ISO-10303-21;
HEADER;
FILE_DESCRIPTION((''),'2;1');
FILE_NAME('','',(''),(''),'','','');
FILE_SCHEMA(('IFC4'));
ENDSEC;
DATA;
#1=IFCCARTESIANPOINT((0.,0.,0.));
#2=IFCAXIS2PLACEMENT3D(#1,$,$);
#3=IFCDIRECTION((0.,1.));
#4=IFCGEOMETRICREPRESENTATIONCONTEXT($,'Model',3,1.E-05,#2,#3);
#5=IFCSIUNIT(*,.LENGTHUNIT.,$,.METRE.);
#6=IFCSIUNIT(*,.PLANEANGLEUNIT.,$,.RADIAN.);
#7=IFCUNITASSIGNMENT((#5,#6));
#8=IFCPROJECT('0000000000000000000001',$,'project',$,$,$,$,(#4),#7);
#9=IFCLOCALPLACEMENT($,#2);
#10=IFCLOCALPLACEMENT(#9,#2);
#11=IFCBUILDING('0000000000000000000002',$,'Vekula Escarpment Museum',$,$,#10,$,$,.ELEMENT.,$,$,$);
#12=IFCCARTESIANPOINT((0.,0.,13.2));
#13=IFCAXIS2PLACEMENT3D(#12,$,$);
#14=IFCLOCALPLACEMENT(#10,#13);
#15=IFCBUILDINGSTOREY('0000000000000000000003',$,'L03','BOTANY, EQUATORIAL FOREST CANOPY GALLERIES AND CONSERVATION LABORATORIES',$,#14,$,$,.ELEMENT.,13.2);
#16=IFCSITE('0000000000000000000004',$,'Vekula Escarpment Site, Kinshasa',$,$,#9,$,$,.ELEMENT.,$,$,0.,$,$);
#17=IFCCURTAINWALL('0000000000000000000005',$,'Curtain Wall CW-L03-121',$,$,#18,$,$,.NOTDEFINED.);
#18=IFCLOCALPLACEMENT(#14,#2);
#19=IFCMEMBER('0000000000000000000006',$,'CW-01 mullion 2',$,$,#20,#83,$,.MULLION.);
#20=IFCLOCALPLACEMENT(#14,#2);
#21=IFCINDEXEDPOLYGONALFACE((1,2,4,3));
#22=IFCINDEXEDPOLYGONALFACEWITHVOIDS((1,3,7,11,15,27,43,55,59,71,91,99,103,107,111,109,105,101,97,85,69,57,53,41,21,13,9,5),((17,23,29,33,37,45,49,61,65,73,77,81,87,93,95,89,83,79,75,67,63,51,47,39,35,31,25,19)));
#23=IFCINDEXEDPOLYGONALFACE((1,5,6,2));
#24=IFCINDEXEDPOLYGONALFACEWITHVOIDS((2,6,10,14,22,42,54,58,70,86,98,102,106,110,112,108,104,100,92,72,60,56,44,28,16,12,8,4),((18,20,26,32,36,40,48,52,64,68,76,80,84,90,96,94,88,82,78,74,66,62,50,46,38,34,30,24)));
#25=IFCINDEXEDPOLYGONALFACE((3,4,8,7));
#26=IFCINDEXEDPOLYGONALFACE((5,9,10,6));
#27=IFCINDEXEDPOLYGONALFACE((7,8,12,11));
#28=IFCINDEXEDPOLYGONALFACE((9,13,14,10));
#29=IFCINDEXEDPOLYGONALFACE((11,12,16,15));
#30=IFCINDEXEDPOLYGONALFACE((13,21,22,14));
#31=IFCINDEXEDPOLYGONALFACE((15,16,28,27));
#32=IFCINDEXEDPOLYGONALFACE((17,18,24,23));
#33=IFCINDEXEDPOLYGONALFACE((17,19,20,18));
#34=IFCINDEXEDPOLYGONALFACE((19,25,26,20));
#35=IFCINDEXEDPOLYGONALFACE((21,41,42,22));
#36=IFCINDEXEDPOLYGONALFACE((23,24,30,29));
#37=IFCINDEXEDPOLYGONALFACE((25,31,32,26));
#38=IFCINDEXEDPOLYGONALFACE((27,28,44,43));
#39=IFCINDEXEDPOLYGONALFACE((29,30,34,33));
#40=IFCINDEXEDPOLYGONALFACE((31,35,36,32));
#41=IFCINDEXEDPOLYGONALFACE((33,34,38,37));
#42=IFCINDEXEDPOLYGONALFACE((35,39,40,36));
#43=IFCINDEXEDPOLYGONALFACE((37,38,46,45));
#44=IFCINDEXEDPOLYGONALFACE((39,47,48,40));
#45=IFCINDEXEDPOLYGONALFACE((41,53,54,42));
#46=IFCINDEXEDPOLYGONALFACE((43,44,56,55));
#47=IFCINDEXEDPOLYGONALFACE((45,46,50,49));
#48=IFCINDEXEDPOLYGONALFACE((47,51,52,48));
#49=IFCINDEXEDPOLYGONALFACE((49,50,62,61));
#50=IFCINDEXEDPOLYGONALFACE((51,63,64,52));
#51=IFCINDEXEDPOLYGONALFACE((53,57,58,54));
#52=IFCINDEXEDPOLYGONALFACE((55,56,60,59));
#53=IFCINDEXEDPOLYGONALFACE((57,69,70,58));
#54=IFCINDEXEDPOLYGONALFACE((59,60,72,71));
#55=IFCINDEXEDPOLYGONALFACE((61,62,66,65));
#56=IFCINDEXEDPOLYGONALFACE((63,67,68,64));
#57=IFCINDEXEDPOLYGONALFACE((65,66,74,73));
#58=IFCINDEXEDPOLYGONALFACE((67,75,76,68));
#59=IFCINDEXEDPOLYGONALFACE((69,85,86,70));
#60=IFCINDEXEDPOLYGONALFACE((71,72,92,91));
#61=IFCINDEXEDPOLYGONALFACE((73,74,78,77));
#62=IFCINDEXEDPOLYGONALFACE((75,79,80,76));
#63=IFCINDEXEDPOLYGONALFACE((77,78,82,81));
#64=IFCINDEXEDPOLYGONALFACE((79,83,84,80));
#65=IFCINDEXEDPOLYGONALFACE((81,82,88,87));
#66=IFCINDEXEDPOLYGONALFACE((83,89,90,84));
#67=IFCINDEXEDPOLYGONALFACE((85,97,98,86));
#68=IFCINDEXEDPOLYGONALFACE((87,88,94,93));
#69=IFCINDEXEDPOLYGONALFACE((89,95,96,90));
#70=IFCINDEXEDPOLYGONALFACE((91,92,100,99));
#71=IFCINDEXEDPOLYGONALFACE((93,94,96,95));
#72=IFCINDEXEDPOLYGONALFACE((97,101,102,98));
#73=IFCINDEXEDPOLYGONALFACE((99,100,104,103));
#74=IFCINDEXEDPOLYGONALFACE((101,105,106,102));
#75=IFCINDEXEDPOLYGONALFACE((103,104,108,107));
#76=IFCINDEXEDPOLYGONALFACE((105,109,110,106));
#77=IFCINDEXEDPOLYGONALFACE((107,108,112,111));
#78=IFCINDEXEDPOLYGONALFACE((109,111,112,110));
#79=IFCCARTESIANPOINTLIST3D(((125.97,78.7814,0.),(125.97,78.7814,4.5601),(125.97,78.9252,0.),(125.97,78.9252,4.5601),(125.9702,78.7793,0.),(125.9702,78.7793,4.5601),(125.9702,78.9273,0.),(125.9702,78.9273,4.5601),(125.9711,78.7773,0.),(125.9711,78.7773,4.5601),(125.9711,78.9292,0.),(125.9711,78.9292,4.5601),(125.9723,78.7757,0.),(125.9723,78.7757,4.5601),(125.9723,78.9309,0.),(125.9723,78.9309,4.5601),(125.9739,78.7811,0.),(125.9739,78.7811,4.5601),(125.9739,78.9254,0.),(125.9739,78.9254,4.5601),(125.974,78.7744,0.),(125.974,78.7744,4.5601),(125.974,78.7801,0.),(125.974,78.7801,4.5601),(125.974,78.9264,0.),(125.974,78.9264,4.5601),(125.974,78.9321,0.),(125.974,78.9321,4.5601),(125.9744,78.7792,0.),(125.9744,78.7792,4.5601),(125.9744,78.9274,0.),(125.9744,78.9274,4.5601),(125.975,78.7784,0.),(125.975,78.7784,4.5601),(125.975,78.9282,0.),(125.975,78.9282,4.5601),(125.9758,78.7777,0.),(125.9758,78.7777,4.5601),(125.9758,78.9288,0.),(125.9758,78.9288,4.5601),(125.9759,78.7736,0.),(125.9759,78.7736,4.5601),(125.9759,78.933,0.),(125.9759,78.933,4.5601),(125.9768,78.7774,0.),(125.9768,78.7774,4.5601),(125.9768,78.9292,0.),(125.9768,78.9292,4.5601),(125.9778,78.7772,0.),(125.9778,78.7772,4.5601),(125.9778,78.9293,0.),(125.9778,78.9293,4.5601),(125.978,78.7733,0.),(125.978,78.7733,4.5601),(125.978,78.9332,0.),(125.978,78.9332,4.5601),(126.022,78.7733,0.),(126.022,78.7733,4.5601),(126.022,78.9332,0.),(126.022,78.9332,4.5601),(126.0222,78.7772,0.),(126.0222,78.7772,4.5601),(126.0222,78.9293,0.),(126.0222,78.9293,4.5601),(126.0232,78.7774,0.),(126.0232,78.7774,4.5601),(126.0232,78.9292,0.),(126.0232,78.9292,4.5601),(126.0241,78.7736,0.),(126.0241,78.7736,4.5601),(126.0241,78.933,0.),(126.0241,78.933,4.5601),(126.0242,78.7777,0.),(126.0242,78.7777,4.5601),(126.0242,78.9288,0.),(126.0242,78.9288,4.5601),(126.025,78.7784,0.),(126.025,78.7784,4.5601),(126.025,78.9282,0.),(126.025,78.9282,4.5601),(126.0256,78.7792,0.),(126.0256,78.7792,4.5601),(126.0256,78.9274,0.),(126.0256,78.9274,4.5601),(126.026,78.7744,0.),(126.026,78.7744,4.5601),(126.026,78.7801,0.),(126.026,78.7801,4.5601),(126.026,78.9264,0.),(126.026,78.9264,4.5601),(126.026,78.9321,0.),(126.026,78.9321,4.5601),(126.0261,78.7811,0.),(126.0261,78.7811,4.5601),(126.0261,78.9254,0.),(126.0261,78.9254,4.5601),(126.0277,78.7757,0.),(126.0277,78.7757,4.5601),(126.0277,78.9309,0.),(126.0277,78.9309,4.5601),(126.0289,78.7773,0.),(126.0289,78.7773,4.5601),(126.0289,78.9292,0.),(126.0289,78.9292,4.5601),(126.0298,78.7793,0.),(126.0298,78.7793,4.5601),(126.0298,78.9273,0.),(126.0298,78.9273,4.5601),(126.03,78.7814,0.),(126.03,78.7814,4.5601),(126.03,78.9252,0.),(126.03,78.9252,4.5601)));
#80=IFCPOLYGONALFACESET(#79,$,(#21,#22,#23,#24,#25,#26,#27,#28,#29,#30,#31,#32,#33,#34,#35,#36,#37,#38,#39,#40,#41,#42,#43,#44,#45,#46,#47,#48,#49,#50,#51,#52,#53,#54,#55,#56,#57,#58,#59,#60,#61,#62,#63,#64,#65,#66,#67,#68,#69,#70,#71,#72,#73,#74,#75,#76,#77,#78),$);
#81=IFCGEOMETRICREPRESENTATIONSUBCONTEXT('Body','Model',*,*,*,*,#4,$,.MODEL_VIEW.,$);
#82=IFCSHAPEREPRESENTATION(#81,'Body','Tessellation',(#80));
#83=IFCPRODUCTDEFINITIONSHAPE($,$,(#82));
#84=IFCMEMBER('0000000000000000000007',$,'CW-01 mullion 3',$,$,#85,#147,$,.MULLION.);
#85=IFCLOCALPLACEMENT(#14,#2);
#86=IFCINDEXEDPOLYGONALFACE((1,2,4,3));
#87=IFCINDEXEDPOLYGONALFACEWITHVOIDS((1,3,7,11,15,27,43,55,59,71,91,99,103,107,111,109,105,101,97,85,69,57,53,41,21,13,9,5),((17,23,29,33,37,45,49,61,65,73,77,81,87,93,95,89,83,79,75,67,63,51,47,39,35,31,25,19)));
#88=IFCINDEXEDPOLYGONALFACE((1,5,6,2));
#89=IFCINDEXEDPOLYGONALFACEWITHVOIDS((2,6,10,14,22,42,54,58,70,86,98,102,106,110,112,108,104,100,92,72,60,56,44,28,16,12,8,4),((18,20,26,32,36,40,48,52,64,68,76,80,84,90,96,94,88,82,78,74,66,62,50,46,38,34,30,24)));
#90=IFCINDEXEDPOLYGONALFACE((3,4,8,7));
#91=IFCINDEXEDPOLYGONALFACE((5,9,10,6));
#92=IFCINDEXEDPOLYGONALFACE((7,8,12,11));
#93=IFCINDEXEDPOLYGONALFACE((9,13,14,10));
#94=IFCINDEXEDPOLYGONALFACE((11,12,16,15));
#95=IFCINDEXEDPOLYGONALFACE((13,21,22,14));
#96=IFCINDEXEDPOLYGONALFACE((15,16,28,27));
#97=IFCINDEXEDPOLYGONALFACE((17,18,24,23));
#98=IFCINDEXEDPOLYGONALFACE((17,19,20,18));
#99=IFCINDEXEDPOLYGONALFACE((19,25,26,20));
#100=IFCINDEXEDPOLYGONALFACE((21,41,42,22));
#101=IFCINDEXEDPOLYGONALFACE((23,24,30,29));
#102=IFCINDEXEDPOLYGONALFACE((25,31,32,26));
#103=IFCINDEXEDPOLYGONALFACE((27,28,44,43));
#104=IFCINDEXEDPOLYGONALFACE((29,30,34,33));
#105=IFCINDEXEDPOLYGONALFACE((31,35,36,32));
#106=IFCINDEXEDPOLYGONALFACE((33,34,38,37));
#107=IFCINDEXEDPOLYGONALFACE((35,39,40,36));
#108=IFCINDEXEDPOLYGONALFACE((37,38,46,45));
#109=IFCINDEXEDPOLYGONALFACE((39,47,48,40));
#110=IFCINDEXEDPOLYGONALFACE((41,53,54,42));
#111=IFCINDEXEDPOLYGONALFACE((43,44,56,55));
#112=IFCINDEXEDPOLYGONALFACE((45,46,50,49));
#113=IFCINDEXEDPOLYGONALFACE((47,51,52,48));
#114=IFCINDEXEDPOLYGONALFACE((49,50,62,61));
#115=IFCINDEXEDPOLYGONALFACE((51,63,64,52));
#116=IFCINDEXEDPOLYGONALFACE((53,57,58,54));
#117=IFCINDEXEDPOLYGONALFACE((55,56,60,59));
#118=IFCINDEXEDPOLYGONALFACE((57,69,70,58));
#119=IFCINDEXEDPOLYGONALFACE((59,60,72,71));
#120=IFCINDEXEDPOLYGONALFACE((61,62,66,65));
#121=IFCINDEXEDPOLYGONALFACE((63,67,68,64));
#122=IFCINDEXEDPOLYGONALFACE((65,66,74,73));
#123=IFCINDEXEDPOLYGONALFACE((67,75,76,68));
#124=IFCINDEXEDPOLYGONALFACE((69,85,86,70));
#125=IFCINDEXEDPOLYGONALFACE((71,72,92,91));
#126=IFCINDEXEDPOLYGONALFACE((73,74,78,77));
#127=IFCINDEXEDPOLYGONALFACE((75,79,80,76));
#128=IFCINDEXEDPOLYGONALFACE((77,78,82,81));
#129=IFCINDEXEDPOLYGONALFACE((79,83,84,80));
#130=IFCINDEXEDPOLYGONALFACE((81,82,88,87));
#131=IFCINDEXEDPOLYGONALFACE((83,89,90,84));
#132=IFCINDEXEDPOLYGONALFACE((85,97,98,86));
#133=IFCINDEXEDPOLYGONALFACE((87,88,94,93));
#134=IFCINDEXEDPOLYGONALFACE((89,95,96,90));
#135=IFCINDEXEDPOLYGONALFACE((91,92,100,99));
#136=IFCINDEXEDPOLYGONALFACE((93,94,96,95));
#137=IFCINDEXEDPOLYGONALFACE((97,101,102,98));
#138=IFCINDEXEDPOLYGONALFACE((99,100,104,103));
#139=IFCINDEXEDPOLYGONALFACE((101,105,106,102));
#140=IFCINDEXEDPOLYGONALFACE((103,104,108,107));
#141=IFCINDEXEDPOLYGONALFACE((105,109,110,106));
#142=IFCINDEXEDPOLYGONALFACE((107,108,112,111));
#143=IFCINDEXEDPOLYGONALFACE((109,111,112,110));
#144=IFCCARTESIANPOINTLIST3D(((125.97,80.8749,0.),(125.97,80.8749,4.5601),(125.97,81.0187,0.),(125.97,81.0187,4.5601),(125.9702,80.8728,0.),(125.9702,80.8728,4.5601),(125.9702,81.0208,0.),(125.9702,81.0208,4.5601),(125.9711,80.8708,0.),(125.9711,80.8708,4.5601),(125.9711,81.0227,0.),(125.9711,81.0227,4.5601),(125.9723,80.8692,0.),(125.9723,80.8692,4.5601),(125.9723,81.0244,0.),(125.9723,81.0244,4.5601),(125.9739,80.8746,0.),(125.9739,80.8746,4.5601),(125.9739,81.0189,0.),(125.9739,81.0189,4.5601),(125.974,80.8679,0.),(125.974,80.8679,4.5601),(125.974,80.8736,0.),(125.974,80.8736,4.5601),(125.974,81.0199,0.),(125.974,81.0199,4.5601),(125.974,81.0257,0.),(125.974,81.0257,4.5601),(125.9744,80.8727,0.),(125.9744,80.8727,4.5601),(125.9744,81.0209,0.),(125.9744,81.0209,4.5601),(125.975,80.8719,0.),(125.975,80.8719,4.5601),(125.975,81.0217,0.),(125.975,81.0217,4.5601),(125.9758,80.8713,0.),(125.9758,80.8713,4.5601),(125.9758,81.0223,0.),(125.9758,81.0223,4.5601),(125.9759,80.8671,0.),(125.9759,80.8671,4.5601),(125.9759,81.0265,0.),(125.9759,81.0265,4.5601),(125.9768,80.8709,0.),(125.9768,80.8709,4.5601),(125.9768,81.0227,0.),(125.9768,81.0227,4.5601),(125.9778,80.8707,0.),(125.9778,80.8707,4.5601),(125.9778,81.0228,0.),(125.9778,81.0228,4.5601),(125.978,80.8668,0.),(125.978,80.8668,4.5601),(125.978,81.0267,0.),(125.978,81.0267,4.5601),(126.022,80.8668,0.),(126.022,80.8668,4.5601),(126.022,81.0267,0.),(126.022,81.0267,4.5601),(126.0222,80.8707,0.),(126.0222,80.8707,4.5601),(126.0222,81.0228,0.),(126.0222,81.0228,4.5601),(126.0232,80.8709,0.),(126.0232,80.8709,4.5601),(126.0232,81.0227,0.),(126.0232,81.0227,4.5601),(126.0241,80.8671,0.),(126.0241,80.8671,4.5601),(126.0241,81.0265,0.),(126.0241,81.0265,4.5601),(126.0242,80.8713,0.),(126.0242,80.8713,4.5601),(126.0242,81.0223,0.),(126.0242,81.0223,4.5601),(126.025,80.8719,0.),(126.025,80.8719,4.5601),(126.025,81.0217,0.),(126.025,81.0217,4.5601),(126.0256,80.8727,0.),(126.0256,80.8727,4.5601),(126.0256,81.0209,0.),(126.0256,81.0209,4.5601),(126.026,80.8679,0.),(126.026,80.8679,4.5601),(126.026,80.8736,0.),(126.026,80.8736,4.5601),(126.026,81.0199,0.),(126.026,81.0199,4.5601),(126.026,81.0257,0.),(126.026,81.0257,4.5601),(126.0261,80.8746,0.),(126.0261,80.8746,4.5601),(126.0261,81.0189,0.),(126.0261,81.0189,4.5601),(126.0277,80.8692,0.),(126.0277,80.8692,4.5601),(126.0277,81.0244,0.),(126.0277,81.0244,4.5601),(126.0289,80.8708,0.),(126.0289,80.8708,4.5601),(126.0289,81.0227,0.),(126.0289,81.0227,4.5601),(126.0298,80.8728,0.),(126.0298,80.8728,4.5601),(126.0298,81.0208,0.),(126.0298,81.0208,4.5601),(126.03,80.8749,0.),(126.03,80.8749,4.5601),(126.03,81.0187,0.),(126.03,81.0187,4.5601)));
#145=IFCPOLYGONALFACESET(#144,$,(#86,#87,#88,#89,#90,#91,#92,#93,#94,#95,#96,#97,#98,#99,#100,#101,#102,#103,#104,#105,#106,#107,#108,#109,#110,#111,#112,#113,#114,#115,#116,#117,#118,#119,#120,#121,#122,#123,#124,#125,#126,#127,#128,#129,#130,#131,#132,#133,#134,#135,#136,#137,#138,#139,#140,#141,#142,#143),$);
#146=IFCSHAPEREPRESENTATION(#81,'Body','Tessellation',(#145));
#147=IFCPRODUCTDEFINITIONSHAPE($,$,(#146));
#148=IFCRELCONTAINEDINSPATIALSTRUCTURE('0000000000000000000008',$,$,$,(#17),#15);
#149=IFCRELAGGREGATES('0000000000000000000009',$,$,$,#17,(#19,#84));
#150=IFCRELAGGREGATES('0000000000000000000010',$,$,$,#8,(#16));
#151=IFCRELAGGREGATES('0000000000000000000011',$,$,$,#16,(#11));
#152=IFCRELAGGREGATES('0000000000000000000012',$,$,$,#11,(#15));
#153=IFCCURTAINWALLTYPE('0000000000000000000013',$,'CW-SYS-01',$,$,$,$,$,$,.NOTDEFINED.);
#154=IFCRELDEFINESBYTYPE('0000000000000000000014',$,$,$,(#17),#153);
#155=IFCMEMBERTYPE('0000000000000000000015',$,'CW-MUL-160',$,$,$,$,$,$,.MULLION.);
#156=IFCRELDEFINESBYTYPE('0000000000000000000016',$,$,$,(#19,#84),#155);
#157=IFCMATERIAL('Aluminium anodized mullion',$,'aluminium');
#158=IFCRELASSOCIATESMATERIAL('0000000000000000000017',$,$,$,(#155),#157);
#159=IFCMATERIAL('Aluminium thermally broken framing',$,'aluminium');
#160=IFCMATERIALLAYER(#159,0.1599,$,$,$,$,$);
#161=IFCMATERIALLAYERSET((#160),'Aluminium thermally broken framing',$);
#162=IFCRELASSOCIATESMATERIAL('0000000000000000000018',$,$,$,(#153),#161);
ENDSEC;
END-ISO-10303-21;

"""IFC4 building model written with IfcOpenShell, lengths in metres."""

from ifc_helpers import new_model, si_unit, direction, frame, origin, origin_2d, place, context, subcontext, project, spatial, hollow_rectangle, extrude, material, layer, layer_set, material_profile, profile_set, type_object, element, aggregate, save


model = new_model("IFC4")

# Units and contexts
model_context = context("Model", 3, precision=1e-05, world=origin(), true_north=direction((0.0, 1.0)))
body_context = subcontext(model_context, "Body", "Model", "MODEL_VIEW")
ifc_project = project(units=[si_unit("LENGTHUNIT", "METRE"), si_unit("PLANEANGLEUNIT", "RADIAN")], contexts=[model_context])

# Site, building, storey
site_placement = place(None, origin())
site = spatial("IfcSite", under=ifc_project, at=site_placement, Name="Vekula Escarpment Site, Kinshasa", CompositionType="ELEMENT", RefElevation=0.0)
building_placement = place(site_placement, origin())
building = spatial("IfcBuilding", under=site, at=building_placement, Name="Vekula Escarpment Museum", CompositionType="ELEMENT")
storey_placement = place(building_placement, frame((0.0, 0.0, 13.2)))
storey = spatial("IfcBuildingStorey", under=building, at=storey_placement, Name="L03", Description="BOTANY, EQUATORIAL FOREST CANOPY GALLERIES AND CONSERVATION LABORATORIES", CompositionType="ELEMENT", Elevation=13.2)

# Shared definitions
ifc_material_1 = material(Name="Aluminium anodized mullion", Category="aluminium")
ifc_material_profile_1 = material_profile(ifc_material_1, hollow_rectangle(XDim=0.0601, YDim=0.1599, WallThickness=0.0039, InnerFilletRadius=0.0039, OuterFilletRadius=0.0081, at=origin_2d()), Name="ALU 160x60x4")
ifc_profile_set_1 = profile_set([ifc_material_profile_1], Name="Aluminium anodized mullion")
member_type_1 = type_object("IfcMemberType", Name="CW-MUL-160", PredefinedType="MULLION", material=ifc_profile_set_1)

# Curtain wall, members
ifc_material_2 = material(Name="Aluminium thermally broken framing", Category="aluminium")
ifc_layer_1 = layer(ifc_material_2, 0.1599)
ifc_layer_set_1 = layer_set([ifc_layer_1], Name="Aluminium thermally broken framing")
curtain_wall_type_1 = type_object("IfcCurtainWallType", Name="CW-SYS-01", PredefinedType="NOTDEFINED", material=ifc_layer_set_1)
curtain_wall_1_placement = place(storey_placement, origin())
curtain_wall_1 = element("IfcCurtainWall", 1, at=curtain_wall_1_placement, inside=storey, type_object=curtain_wall_type_1, Name="Curtain Wall CW-L03-121", PredefinedType="NOTDEFINED")
member_1_placement = place(storey_placement, frame((126.0, 78.8533, 0.0), z_axis=(0.0, 0.0, 1.0), x_axis=(-1.0, 0.0, 0.0)))
member_1 = element("IfcMember", 2, at=member_1_placement, type_object=member_type_1, Name="CW-01 mullion 2", PredefinedType="MULLION", context=body_context, shape_type="SweptSolid", body=[
    extrude(hollow_rectangle(XDim=0.0601, YDim=0.1599, WallThickness=0.0039, InnerFilletRadius=0.0039, OuterFilletRadius=0.0081, at=origin_2d()), origin(), (0.0, 0.0, 1.0), 4.5601),
])
member_2_placement = place(storey_placement, frame((126.0, 80.9468, 0.0), z_axis=(0.0, 0.0, 1.0), x_axis=(-1.0, 0.0, 0.0)))
member_2 = element("IfcMember", 3, at=member_2_placement, type_object=member_type_1, Name="CW-01 mullion 3", PredefinedType="MULLION", context=body_context, shape_type="SweptSolid", body=[
    extrude(hollow_rectangle(XDim=0.0601, YDim=0.1599, WallThickness=0.0039, InnerFilletRadius=0.0039, OuterFilletRadius=0.0081, at=origin_2d()), origin(), (0.0, 0.0, 1.0), 4.5601),
])

aggregate(curtain_wall_1, [member_1, member_2])

save(model, "model.ifc")
